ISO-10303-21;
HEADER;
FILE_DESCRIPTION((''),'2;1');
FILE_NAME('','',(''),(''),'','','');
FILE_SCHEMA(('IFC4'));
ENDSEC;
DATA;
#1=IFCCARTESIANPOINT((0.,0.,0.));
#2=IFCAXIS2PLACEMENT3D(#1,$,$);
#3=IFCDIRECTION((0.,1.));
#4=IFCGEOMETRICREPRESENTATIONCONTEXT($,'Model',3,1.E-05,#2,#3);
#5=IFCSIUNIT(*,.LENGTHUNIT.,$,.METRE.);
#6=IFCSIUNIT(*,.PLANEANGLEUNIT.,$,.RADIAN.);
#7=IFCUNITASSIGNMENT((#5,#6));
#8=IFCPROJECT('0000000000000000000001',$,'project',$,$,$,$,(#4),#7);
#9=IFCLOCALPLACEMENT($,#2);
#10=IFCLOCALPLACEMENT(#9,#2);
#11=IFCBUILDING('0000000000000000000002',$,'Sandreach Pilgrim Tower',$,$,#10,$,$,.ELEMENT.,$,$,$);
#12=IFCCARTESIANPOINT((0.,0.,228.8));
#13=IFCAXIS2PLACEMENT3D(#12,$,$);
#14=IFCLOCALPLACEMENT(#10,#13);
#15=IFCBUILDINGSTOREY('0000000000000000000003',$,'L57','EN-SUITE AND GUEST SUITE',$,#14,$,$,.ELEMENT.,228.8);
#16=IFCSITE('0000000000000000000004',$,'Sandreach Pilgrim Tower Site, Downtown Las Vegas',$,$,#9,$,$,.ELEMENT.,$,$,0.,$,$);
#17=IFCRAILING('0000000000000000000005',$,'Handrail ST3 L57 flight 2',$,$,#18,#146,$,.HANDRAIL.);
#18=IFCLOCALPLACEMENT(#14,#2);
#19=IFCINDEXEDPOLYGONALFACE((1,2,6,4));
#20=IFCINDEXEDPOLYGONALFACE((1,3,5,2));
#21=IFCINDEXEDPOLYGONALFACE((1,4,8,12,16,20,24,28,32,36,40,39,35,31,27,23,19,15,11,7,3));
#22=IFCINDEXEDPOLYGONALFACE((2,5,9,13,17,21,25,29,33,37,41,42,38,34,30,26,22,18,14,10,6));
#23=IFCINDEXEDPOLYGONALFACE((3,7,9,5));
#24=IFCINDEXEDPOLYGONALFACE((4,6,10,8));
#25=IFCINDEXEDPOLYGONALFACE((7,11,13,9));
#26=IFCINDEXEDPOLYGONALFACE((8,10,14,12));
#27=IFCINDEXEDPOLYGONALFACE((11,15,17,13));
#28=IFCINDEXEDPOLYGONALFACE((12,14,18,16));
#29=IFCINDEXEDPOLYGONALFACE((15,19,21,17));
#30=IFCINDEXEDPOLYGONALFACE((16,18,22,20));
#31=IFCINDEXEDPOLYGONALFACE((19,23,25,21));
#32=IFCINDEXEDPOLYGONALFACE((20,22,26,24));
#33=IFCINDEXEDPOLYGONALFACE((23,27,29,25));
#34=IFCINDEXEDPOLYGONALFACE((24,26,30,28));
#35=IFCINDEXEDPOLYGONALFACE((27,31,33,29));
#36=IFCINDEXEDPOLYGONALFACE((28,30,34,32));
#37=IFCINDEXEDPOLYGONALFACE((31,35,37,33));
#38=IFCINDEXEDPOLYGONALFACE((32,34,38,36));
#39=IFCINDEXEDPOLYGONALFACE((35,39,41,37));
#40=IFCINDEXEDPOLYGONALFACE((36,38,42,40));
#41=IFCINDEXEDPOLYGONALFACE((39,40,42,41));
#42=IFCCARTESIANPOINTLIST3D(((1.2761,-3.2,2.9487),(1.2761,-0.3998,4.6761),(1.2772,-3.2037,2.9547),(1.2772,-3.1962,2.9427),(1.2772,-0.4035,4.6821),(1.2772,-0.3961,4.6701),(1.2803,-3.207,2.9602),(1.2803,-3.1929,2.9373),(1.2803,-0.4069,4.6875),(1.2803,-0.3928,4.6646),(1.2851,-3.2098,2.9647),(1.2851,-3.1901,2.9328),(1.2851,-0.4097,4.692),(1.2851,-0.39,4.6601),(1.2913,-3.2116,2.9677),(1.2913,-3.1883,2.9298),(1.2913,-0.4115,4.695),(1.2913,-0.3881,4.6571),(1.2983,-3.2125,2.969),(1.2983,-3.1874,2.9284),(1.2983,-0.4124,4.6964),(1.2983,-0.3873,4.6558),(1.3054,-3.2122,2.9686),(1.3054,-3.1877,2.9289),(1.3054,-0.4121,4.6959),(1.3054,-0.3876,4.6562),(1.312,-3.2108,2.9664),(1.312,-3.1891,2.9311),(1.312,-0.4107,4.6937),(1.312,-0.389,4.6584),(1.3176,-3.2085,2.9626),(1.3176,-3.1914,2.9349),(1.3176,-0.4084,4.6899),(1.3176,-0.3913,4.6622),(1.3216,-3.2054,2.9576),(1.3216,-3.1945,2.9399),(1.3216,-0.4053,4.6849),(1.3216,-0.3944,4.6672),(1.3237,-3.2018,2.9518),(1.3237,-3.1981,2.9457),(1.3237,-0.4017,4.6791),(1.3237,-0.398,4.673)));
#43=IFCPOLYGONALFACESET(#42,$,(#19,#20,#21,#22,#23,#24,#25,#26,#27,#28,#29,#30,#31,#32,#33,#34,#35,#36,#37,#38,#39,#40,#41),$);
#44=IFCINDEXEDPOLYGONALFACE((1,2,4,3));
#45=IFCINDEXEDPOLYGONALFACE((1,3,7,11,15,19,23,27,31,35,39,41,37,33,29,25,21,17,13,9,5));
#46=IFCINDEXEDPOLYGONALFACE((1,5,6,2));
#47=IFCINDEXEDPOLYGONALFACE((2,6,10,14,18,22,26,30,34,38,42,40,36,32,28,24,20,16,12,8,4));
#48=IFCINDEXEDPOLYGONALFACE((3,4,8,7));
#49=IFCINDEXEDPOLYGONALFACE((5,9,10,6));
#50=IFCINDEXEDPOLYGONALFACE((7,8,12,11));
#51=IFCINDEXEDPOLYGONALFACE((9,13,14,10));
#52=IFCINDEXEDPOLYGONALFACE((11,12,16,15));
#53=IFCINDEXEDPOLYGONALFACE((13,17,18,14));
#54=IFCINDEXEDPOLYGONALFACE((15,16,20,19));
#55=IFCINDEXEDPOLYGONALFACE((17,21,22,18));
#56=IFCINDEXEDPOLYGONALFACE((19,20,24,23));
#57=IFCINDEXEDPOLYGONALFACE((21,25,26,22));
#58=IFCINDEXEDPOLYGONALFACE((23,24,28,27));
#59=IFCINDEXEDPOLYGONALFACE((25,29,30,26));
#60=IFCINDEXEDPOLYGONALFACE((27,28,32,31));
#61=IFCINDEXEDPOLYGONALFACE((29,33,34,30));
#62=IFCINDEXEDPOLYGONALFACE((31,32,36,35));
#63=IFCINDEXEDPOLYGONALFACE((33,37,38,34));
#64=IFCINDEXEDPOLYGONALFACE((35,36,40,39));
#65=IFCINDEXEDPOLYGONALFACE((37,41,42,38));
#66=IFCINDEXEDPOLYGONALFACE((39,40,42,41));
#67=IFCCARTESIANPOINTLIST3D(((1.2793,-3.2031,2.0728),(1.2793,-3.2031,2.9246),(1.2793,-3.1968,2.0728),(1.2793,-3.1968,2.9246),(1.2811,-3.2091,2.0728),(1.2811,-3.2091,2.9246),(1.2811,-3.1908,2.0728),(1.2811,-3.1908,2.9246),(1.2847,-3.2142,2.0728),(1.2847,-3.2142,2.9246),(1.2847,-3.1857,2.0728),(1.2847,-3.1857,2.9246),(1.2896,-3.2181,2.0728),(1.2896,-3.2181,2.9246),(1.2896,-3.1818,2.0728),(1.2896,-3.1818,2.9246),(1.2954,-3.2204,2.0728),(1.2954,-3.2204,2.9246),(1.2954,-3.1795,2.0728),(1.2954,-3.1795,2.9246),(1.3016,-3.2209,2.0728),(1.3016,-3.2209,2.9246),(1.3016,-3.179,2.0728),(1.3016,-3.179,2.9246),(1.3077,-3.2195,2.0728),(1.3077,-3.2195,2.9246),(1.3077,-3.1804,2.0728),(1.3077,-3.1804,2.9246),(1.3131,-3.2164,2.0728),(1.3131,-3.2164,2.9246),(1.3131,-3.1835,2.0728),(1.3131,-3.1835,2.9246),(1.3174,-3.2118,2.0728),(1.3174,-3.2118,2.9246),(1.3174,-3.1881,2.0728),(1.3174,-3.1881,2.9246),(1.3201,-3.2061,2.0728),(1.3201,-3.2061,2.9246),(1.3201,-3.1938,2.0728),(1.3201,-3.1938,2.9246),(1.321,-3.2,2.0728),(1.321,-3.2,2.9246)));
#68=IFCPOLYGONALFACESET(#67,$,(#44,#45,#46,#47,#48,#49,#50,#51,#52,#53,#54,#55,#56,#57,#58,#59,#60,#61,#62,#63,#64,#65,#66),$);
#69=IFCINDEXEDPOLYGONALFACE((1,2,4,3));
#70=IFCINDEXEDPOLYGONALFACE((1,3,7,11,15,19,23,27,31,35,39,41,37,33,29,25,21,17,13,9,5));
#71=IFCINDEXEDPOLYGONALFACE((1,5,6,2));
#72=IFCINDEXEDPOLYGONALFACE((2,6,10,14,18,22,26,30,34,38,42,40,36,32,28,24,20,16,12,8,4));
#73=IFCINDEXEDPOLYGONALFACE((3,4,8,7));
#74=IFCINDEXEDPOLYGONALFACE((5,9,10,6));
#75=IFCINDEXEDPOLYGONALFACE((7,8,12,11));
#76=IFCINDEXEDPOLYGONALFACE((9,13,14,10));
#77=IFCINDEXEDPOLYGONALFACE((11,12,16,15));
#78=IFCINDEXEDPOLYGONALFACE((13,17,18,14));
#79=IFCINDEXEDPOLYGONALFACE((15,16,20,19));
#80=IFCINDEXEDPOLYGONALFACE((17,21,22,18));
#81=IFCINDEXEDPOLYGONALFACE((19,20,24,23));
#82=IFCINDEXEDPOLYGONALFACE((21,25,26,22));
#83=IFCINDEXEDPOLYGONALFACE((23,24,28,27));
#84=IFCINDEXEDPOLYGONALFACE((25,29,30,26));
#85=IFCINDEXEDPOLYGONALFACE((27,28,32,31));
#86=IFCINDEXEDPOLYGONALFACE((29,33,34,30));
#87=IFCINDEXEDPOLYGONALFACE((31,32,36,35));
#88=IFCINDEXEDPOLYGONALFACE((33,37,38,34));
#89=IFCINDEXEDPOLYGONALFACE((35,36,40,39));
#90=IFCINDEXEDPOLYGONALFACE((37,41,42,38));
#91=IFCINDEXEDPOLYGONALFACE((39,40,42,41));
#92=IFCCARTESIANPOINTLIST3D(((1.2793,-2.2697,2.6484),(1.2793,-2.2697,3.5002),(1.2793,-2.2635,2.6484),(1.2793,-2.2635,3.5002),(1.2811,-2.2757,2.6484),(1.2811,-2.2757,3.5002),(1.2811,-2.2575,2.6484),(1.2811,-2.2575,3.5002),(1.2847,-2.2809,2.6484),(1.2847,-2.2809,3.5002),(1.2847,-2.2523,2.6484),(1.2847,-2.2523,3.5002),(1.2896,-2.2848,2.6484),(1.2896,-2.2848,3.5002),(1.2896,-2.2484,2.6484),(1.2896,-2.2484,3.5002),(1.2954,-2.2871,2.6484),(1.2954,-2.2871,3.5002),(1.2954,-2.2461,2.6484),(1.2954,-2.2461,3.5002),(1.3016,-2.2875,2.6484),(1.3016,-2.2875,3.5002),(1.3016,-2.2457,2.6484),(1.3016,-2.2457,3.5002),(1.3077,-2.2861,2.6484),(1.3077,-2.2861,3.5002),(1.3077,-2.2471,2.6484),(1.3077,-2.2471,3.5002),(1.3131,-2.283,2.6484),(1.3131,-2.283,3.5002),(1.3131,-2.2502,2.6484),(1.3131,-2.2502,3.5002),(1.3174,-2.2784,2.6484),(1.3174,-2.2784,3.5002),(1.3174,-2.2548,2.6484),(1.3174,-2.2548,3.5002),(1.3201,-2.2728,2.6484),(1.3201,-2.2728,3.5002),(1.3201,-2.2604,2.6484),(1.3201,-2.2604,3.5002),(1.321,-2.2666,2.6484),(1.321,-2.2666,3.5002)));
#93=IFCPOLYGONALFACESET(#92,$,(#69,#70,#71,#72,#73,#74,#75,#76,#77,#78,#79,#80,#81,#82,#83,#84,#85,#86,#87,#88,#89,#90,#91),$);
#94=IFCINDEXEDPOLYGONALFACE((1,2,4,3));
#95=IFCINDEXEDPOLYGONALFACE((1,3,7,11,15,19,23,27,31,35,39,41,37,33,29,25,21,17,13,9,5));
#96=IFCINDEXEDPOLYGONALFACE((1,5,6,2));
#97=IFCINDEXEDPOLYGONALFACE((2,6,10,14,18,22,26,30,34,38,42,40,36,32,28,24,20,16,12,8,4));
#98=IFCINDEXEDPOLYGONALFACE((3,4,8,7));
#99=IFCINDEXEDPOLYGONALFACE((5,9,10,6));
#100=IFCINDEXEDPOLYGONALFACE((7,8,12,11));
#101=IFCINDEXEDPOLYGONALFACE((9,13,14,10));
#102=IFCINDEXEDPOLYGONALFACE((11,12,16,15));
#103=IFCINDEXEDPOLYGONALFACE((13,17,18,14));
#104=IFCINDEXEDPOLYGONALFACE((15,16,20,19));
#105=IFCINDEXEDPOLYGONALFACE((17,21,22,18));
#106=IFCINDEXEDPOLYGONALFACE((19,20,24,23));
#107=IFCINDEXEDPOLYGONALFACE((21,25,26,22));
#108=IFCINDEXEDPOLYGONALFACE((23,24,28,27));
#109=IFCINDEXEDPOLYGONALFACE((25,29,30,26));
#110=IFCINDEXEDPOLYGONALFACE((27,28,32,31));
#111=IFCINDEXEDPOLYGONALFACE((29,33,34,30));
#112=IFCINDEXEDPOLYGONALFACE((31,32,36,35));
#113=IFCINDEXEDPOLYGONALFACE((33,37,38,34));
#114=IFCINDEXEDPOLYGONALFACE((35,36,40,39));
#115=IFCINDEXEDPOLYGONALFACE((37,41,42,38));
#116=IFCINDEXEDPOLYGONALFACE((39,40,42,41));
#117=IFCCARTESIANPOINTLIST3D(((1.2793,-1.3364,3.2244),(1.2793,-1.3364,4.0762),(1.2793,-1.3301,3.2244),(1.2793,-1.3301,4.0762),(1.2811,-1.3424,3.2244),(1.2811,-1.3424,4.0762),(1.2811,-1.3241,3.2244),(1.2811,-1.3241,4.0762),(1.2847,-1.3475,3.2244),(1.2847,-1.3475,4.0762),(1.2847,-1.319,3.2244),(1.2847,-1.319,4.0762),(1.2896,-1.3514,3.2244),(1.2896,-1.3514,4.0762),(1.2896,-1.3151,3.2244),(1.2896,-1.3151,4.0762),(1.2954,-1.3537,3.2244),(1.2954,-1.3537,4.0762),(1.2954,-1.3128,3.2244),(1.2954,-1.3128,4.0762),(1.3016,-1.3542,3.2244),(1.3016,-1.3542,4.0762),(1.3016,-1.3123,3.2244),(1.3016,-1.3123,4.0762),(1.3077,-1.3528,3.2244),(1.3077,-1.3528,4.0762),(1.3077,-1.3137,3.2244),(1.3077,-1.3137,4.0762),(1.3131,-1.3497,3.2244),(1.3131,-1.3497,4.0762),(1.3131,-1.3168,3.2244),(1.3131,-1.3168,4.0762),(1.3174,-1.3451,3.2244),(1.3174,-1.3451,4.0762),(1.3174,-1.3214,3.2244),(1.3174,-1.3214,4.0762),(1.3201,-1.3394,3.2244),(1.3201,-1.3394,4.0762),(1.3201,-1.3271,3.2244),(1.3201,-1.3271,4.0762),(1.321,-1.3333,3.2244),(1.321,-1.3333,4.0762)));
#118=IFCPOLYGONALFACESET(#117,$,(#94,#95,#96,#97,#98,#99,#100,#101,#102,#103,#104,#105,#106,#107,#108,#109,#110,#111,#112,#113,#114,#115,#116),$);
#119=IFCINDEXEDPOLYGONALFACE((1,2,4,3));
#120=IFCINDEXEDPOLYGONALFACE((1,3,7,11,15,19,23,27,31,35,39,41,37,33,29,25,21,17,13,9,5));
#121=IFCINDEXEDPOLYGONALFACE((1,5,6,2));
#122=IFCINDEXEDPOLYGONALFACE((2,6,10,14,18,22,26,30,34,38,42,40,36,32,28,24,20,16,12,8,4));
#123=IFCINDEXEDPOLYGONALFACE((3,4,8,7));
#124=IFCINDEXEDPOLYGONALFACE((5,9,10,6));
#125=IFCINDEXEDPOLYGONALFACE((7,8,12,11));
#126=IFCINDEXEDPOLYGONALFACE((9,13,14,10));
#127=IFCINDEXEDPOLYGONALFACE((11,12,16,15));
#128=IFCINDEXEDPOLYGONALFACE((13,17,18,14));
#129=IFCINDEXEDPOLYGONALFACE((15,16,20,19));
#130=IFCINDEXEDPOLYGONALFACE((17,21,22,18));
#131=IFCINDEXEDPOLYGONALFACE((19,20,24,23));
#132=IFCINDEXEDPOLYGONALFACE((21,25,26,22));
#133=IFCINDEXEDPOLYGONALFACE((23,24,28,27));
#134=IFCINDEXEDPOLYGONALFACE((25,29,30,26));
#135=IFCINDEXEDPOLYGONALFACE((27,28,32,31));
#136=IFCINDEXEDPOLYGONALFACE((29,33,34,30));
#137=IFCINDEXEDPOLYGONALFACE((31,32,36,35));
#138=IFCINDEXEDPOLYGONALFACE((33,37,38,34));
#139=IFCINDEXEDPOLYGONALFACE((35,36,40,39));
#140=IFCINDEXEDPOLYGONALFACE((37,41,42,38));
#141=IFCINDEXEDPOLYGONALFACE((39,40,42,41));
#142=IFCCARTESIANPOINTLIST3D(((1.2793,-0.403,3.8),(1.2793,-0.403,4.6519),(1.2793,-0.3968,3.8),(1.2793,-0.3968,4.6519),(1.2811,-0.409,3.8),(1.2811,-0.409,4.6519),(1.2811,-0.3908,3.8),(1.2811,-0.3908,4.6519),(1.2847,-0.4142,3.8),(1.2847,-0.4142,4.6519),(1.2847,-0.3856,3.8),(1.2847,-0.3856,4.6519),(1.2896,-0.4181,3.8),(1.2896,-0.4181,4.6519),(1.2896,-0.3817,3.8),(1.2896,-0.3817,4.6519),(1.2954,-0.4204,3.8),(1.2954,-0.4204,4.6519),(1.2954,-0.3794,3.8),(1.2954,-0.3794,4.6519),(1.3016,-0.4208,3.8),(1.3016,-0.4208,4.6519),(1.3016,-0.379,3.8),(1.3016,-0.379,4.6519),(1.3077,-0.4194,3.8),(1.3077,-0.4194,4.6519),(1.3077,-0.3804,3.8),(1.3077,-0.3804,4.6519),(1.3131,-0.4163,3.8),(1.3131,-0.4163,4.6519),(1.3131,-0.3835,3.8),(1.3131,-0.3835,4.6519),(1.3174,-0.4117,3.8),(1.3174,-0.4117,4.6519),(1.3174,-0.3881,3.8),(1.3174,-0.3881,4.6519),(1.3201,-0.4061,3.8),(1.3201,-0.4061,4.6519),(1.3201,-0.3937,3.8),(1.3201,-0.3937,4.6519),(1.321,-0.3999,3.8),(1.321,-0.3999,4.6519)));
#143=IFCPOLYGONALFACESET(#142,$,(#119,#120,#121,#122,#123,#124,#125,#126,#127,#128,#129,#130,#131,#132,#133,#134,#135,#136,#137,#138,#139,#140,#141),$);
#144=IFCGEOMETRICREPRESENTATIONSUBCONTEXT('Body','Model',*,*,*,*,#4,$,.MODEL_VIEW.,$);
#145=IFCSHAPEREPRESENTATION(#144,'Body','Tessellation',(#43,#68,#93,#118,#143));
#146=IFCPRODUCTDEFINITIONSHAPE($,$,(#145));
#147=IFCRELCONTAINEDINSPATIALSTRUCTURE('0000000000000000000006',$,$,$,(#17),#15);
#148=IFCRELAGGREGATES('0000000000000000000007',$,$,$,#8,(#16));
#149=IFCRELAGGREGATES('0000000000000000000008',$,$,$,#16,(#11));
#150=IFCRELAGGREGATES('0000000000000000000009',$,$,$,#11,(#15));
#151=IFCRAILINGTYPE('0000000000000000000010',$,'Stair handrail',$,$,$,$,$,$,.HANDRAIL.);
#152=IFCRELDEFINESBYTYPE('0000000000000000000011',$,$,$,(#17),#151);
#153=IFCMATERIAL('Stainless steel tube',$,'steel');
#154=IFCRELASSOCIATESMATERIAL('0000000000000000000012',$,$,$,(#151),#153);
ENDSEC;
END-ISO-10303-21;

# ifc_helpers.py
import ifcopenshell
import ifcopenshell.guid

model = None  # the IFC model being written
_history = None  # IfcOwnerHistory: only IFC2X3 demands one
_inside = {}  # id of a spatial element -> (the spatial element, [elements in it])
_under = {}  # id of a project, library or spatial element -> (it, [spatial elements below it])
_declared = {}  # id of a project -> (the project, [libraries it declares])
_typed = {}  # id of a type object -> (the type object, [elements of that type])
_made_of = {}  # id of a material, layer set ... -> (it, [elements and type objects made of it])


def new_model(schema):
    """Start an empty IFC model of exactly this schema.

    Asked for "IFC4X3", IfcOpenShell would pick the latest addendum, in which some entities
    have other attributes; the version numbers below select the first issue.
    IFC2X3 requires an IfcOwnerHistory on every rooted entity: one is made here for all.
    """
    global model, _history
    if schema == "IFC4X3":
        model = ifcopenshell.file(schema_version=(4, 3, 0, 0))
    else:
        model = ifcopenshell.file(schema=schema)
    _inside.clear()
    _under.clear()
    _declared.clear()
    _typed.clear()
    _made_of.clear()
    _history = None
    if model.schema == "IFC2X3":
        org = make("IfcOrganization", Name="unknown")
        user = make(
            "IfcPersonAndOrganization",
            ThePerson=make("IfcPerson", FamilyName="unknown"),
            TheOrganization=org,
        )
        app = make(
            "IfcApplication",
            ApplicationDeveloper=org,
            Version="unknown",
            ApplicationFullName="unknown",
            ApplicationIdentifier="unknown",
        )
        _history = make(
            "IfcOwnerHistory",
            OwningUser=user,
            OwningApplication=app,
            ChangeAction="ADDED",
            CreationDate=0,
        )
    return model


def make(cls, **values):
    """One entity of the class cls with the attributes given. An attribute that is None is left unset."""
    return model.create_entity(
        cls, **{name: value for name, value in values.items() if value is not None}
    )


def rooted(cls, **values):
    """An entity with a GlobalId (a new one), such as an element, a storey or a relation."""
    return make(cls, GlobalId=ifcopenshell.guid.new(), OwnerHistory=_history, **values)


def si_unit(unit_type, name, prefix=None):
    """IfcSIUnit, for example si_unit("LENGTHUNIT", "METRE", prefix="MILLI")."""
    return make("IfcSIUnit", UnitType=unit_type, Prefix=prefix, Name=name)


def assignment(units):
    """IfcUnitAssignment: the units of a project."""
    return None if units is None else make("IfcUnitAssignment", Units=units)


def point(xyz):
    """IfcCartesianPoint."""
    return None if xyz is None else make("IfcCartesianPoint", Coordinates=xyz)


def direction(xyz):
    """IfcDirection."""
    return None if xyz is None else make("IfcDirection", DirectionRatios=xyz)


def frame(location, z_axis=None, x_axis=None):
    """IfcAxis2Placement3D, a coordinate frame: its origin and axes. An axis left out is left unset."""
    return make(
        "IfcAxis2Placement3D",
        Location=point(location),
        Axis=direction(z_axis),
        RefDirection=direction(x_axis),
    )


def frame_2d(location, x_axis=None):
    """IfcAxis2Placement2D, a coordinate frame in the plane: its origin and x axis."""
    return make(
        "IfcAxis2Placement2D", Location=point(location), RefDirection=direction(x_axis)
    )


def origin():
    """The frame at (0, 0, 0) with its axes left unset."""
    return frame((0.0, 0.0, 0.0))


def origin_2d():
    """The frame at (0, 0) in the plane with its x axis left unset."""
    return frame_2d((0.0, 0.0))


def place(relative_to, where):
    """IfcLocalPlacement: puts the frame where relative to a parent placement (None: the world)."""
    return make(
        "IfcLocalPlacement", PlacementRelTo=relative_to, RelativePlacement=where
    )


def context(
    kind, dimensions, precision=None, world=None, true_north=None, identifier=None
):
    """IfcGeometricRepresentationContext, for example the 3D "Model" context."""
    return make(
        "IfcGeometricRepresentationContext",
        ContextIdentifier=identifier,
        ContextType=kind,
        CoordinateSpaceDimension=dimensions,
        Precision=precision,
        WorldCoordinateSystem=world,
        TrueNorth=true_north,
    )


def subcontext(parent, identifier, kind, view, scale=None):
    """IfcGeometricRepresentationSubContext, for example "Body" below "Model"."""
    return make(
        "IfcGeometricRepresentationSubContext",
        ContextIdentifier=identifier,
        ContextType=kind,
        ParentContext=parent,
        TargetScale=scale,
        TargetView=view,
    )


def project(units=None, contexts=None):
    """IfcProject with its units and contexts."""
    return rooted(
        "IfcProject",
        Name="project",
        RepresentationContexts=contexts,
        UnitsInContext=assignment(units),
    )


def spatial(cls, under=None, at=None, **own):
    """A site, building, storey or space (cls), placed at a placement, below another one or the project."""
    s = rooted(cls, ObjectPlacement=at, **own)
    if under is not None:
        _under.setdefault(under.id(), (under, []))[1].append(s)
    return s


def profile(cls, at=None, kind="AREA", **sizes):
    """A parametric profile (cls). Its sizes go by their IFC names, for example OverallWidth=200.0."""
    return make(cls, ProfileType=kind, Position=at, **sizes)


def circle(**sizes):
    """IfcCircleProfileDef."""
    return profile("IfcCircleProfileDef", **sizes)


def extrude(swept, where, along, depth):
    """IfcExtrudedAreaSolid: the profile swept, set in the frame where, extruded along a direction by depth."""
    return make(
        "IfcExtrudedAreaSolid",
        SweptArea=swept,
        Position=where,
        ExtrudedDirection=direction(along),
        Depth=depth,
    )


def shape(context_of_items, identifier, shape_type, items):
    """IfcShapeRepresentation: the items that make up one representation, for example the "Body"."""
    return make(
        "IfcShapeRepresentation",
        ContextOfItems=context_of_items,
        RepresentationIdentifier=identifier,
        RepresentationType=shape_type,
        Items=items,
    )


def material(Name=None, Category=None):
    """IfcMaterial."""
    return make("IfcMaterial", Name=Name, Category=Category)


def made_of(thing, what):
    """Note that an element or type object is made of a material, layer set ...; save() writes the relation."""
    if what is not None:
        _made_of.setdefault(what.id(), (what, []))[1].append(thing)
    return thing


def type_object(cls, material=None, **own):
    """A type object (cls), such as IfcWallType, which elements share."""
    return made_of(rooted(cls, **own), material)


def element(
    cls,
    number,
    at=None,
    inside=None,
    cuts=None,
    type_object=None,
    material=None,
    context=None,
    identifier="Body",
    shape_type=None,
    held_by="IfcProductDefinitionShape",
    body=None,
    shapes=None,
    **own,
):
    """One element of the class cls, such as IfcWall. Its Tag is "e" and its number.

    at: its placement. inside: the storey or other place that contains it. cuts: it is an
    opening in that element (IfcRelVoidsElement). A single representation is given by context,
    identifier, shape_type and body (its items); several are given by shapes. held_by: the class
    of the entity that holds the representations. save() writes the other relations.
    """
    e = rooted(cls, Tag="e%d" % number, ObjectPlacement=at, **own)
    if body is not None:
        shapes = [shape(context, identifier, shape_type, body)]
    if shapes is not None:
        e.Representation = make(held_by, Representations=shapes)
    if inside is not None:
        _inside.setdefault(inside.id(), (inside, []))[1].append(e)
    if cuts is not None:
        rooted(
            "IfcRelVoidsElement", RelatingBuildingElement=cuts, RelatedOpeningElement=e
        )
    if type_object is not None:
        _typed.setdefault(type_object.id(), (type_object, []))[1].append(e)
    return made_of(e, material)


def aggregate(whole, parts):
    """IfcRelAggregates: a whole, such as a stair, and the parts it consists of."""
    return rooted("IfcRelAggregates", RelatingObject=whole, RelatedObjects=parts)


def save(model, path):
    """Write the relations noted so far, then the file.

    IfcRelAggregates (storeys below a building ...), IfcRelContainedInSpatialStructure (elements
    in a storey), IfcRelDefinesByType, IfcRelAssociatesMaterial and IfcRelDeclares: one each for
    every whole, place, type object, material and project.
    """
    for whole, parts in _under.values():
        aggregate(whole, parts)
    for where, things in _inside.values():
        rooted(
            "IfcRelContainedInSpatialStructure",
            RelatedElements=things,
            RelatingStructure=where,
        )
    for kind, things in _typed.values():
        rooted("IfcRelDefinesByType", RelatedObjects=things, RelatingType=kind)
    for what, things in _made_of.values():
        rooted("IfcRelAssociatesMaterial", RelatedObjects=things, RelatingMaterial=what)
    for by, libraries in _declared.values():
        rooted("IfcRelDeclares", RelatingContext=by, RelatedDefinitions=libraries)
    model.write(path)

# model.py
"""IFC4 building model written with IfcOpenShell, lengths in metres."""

from ifc_helpers import new_model, si_unit, direction, frame, origin, origin_2d, place, context, subcontext, project, spatial, circle, extrude, material, type_object, element, save


model = new_model("IFC4")

# Units and contexts
model_context = context("Model", 3, precision=1e-05, world=origin(), true_north=direction((0.0, 1.0)))
body_context = subcontext(model_context, "Body", "Model", "MODEL_VIEW")
ifc_project = project(units=[si_unit("LENGTHUNIT", "METRE"), si_unit("PLANEANGLEUNIT", "RADIAN")], contexts=[model_context])

# Site, building, storey
site_placement = place(None, origin())
site = spatial("IfcSite", under=ifc_project, at=site_placement, Name="Sandreach Pilgrim Tower Site, Downtown Las Vegas", CompositionType="ELEMENT", RefElevation=0.0)
building_placement = place(site_placement, origin())
building = spatial("IfcBuilding", under=site, at=building_placement, Name="Sandreach Pilgrim Tower", CompositionType="ELEMENT")
storey_placement = place(building_placement, frame((0.0, 0.0, 228.8)))
storey = spatial("IfcBuildingStorey", under=building, at=storey_placement, Name="L57", Description="EN-SUITE AND GUEST SUITE", CompositionType="ELEMENT", Elevation=228.8)

# Railing
ifc_material_1 = material(Name="Stainless steel tube", Category="steel")
railing_type = type_object("IfcRailingType", Name="Stair handrail", PredefinedType="HANDRAIL", material=ifc_material_1)
for number, where, name in (
    (1, (1.3, -3.2, 2.0728), "Handrail ST3 L57 flight 2"),
):
    element("IfcRailing", number, at=place(storey_placement, frame(where)), inside=storey, type_object=railing_type, Name=name, PredefinedType="HANDRAIL", context=body_context, shape_type="SweptSolid", body=[
        extrude(circle(Radius=0.0239, at=origin_2d()), frame((0.0, 0.0, 0.876), z_axis=(0.0, 0.85109, 0.52502), x_axis=(-1.0, 0.0, 0.0)), (0.0, 0.0, 1.0), 3.29),
        extrude(circle(Radius=0.021, at=origin_2d()), origin(), (0.0, 0.0, 1.0), 0.8518),
        extrude(circle(Radius=0.021, at=origin_2d()), frame((0.0, 0.9333, 0.5757)), (0.0, 0.0, 1.0), 0.8518),
        extrude(circle(Radius=0.021, at=origin_2d()), frame((0.0, 1.8667, 1.1516)), (0.0, 0.0, 1.0), 0.8518),
        extrude(circle(Radius=0.021, at=origin_2d()), frame((0.0, 2.8, 1.7273)), (0.0, 0.0, 1.0), 0.8518),
    ])

save(model, "model.ifc")
